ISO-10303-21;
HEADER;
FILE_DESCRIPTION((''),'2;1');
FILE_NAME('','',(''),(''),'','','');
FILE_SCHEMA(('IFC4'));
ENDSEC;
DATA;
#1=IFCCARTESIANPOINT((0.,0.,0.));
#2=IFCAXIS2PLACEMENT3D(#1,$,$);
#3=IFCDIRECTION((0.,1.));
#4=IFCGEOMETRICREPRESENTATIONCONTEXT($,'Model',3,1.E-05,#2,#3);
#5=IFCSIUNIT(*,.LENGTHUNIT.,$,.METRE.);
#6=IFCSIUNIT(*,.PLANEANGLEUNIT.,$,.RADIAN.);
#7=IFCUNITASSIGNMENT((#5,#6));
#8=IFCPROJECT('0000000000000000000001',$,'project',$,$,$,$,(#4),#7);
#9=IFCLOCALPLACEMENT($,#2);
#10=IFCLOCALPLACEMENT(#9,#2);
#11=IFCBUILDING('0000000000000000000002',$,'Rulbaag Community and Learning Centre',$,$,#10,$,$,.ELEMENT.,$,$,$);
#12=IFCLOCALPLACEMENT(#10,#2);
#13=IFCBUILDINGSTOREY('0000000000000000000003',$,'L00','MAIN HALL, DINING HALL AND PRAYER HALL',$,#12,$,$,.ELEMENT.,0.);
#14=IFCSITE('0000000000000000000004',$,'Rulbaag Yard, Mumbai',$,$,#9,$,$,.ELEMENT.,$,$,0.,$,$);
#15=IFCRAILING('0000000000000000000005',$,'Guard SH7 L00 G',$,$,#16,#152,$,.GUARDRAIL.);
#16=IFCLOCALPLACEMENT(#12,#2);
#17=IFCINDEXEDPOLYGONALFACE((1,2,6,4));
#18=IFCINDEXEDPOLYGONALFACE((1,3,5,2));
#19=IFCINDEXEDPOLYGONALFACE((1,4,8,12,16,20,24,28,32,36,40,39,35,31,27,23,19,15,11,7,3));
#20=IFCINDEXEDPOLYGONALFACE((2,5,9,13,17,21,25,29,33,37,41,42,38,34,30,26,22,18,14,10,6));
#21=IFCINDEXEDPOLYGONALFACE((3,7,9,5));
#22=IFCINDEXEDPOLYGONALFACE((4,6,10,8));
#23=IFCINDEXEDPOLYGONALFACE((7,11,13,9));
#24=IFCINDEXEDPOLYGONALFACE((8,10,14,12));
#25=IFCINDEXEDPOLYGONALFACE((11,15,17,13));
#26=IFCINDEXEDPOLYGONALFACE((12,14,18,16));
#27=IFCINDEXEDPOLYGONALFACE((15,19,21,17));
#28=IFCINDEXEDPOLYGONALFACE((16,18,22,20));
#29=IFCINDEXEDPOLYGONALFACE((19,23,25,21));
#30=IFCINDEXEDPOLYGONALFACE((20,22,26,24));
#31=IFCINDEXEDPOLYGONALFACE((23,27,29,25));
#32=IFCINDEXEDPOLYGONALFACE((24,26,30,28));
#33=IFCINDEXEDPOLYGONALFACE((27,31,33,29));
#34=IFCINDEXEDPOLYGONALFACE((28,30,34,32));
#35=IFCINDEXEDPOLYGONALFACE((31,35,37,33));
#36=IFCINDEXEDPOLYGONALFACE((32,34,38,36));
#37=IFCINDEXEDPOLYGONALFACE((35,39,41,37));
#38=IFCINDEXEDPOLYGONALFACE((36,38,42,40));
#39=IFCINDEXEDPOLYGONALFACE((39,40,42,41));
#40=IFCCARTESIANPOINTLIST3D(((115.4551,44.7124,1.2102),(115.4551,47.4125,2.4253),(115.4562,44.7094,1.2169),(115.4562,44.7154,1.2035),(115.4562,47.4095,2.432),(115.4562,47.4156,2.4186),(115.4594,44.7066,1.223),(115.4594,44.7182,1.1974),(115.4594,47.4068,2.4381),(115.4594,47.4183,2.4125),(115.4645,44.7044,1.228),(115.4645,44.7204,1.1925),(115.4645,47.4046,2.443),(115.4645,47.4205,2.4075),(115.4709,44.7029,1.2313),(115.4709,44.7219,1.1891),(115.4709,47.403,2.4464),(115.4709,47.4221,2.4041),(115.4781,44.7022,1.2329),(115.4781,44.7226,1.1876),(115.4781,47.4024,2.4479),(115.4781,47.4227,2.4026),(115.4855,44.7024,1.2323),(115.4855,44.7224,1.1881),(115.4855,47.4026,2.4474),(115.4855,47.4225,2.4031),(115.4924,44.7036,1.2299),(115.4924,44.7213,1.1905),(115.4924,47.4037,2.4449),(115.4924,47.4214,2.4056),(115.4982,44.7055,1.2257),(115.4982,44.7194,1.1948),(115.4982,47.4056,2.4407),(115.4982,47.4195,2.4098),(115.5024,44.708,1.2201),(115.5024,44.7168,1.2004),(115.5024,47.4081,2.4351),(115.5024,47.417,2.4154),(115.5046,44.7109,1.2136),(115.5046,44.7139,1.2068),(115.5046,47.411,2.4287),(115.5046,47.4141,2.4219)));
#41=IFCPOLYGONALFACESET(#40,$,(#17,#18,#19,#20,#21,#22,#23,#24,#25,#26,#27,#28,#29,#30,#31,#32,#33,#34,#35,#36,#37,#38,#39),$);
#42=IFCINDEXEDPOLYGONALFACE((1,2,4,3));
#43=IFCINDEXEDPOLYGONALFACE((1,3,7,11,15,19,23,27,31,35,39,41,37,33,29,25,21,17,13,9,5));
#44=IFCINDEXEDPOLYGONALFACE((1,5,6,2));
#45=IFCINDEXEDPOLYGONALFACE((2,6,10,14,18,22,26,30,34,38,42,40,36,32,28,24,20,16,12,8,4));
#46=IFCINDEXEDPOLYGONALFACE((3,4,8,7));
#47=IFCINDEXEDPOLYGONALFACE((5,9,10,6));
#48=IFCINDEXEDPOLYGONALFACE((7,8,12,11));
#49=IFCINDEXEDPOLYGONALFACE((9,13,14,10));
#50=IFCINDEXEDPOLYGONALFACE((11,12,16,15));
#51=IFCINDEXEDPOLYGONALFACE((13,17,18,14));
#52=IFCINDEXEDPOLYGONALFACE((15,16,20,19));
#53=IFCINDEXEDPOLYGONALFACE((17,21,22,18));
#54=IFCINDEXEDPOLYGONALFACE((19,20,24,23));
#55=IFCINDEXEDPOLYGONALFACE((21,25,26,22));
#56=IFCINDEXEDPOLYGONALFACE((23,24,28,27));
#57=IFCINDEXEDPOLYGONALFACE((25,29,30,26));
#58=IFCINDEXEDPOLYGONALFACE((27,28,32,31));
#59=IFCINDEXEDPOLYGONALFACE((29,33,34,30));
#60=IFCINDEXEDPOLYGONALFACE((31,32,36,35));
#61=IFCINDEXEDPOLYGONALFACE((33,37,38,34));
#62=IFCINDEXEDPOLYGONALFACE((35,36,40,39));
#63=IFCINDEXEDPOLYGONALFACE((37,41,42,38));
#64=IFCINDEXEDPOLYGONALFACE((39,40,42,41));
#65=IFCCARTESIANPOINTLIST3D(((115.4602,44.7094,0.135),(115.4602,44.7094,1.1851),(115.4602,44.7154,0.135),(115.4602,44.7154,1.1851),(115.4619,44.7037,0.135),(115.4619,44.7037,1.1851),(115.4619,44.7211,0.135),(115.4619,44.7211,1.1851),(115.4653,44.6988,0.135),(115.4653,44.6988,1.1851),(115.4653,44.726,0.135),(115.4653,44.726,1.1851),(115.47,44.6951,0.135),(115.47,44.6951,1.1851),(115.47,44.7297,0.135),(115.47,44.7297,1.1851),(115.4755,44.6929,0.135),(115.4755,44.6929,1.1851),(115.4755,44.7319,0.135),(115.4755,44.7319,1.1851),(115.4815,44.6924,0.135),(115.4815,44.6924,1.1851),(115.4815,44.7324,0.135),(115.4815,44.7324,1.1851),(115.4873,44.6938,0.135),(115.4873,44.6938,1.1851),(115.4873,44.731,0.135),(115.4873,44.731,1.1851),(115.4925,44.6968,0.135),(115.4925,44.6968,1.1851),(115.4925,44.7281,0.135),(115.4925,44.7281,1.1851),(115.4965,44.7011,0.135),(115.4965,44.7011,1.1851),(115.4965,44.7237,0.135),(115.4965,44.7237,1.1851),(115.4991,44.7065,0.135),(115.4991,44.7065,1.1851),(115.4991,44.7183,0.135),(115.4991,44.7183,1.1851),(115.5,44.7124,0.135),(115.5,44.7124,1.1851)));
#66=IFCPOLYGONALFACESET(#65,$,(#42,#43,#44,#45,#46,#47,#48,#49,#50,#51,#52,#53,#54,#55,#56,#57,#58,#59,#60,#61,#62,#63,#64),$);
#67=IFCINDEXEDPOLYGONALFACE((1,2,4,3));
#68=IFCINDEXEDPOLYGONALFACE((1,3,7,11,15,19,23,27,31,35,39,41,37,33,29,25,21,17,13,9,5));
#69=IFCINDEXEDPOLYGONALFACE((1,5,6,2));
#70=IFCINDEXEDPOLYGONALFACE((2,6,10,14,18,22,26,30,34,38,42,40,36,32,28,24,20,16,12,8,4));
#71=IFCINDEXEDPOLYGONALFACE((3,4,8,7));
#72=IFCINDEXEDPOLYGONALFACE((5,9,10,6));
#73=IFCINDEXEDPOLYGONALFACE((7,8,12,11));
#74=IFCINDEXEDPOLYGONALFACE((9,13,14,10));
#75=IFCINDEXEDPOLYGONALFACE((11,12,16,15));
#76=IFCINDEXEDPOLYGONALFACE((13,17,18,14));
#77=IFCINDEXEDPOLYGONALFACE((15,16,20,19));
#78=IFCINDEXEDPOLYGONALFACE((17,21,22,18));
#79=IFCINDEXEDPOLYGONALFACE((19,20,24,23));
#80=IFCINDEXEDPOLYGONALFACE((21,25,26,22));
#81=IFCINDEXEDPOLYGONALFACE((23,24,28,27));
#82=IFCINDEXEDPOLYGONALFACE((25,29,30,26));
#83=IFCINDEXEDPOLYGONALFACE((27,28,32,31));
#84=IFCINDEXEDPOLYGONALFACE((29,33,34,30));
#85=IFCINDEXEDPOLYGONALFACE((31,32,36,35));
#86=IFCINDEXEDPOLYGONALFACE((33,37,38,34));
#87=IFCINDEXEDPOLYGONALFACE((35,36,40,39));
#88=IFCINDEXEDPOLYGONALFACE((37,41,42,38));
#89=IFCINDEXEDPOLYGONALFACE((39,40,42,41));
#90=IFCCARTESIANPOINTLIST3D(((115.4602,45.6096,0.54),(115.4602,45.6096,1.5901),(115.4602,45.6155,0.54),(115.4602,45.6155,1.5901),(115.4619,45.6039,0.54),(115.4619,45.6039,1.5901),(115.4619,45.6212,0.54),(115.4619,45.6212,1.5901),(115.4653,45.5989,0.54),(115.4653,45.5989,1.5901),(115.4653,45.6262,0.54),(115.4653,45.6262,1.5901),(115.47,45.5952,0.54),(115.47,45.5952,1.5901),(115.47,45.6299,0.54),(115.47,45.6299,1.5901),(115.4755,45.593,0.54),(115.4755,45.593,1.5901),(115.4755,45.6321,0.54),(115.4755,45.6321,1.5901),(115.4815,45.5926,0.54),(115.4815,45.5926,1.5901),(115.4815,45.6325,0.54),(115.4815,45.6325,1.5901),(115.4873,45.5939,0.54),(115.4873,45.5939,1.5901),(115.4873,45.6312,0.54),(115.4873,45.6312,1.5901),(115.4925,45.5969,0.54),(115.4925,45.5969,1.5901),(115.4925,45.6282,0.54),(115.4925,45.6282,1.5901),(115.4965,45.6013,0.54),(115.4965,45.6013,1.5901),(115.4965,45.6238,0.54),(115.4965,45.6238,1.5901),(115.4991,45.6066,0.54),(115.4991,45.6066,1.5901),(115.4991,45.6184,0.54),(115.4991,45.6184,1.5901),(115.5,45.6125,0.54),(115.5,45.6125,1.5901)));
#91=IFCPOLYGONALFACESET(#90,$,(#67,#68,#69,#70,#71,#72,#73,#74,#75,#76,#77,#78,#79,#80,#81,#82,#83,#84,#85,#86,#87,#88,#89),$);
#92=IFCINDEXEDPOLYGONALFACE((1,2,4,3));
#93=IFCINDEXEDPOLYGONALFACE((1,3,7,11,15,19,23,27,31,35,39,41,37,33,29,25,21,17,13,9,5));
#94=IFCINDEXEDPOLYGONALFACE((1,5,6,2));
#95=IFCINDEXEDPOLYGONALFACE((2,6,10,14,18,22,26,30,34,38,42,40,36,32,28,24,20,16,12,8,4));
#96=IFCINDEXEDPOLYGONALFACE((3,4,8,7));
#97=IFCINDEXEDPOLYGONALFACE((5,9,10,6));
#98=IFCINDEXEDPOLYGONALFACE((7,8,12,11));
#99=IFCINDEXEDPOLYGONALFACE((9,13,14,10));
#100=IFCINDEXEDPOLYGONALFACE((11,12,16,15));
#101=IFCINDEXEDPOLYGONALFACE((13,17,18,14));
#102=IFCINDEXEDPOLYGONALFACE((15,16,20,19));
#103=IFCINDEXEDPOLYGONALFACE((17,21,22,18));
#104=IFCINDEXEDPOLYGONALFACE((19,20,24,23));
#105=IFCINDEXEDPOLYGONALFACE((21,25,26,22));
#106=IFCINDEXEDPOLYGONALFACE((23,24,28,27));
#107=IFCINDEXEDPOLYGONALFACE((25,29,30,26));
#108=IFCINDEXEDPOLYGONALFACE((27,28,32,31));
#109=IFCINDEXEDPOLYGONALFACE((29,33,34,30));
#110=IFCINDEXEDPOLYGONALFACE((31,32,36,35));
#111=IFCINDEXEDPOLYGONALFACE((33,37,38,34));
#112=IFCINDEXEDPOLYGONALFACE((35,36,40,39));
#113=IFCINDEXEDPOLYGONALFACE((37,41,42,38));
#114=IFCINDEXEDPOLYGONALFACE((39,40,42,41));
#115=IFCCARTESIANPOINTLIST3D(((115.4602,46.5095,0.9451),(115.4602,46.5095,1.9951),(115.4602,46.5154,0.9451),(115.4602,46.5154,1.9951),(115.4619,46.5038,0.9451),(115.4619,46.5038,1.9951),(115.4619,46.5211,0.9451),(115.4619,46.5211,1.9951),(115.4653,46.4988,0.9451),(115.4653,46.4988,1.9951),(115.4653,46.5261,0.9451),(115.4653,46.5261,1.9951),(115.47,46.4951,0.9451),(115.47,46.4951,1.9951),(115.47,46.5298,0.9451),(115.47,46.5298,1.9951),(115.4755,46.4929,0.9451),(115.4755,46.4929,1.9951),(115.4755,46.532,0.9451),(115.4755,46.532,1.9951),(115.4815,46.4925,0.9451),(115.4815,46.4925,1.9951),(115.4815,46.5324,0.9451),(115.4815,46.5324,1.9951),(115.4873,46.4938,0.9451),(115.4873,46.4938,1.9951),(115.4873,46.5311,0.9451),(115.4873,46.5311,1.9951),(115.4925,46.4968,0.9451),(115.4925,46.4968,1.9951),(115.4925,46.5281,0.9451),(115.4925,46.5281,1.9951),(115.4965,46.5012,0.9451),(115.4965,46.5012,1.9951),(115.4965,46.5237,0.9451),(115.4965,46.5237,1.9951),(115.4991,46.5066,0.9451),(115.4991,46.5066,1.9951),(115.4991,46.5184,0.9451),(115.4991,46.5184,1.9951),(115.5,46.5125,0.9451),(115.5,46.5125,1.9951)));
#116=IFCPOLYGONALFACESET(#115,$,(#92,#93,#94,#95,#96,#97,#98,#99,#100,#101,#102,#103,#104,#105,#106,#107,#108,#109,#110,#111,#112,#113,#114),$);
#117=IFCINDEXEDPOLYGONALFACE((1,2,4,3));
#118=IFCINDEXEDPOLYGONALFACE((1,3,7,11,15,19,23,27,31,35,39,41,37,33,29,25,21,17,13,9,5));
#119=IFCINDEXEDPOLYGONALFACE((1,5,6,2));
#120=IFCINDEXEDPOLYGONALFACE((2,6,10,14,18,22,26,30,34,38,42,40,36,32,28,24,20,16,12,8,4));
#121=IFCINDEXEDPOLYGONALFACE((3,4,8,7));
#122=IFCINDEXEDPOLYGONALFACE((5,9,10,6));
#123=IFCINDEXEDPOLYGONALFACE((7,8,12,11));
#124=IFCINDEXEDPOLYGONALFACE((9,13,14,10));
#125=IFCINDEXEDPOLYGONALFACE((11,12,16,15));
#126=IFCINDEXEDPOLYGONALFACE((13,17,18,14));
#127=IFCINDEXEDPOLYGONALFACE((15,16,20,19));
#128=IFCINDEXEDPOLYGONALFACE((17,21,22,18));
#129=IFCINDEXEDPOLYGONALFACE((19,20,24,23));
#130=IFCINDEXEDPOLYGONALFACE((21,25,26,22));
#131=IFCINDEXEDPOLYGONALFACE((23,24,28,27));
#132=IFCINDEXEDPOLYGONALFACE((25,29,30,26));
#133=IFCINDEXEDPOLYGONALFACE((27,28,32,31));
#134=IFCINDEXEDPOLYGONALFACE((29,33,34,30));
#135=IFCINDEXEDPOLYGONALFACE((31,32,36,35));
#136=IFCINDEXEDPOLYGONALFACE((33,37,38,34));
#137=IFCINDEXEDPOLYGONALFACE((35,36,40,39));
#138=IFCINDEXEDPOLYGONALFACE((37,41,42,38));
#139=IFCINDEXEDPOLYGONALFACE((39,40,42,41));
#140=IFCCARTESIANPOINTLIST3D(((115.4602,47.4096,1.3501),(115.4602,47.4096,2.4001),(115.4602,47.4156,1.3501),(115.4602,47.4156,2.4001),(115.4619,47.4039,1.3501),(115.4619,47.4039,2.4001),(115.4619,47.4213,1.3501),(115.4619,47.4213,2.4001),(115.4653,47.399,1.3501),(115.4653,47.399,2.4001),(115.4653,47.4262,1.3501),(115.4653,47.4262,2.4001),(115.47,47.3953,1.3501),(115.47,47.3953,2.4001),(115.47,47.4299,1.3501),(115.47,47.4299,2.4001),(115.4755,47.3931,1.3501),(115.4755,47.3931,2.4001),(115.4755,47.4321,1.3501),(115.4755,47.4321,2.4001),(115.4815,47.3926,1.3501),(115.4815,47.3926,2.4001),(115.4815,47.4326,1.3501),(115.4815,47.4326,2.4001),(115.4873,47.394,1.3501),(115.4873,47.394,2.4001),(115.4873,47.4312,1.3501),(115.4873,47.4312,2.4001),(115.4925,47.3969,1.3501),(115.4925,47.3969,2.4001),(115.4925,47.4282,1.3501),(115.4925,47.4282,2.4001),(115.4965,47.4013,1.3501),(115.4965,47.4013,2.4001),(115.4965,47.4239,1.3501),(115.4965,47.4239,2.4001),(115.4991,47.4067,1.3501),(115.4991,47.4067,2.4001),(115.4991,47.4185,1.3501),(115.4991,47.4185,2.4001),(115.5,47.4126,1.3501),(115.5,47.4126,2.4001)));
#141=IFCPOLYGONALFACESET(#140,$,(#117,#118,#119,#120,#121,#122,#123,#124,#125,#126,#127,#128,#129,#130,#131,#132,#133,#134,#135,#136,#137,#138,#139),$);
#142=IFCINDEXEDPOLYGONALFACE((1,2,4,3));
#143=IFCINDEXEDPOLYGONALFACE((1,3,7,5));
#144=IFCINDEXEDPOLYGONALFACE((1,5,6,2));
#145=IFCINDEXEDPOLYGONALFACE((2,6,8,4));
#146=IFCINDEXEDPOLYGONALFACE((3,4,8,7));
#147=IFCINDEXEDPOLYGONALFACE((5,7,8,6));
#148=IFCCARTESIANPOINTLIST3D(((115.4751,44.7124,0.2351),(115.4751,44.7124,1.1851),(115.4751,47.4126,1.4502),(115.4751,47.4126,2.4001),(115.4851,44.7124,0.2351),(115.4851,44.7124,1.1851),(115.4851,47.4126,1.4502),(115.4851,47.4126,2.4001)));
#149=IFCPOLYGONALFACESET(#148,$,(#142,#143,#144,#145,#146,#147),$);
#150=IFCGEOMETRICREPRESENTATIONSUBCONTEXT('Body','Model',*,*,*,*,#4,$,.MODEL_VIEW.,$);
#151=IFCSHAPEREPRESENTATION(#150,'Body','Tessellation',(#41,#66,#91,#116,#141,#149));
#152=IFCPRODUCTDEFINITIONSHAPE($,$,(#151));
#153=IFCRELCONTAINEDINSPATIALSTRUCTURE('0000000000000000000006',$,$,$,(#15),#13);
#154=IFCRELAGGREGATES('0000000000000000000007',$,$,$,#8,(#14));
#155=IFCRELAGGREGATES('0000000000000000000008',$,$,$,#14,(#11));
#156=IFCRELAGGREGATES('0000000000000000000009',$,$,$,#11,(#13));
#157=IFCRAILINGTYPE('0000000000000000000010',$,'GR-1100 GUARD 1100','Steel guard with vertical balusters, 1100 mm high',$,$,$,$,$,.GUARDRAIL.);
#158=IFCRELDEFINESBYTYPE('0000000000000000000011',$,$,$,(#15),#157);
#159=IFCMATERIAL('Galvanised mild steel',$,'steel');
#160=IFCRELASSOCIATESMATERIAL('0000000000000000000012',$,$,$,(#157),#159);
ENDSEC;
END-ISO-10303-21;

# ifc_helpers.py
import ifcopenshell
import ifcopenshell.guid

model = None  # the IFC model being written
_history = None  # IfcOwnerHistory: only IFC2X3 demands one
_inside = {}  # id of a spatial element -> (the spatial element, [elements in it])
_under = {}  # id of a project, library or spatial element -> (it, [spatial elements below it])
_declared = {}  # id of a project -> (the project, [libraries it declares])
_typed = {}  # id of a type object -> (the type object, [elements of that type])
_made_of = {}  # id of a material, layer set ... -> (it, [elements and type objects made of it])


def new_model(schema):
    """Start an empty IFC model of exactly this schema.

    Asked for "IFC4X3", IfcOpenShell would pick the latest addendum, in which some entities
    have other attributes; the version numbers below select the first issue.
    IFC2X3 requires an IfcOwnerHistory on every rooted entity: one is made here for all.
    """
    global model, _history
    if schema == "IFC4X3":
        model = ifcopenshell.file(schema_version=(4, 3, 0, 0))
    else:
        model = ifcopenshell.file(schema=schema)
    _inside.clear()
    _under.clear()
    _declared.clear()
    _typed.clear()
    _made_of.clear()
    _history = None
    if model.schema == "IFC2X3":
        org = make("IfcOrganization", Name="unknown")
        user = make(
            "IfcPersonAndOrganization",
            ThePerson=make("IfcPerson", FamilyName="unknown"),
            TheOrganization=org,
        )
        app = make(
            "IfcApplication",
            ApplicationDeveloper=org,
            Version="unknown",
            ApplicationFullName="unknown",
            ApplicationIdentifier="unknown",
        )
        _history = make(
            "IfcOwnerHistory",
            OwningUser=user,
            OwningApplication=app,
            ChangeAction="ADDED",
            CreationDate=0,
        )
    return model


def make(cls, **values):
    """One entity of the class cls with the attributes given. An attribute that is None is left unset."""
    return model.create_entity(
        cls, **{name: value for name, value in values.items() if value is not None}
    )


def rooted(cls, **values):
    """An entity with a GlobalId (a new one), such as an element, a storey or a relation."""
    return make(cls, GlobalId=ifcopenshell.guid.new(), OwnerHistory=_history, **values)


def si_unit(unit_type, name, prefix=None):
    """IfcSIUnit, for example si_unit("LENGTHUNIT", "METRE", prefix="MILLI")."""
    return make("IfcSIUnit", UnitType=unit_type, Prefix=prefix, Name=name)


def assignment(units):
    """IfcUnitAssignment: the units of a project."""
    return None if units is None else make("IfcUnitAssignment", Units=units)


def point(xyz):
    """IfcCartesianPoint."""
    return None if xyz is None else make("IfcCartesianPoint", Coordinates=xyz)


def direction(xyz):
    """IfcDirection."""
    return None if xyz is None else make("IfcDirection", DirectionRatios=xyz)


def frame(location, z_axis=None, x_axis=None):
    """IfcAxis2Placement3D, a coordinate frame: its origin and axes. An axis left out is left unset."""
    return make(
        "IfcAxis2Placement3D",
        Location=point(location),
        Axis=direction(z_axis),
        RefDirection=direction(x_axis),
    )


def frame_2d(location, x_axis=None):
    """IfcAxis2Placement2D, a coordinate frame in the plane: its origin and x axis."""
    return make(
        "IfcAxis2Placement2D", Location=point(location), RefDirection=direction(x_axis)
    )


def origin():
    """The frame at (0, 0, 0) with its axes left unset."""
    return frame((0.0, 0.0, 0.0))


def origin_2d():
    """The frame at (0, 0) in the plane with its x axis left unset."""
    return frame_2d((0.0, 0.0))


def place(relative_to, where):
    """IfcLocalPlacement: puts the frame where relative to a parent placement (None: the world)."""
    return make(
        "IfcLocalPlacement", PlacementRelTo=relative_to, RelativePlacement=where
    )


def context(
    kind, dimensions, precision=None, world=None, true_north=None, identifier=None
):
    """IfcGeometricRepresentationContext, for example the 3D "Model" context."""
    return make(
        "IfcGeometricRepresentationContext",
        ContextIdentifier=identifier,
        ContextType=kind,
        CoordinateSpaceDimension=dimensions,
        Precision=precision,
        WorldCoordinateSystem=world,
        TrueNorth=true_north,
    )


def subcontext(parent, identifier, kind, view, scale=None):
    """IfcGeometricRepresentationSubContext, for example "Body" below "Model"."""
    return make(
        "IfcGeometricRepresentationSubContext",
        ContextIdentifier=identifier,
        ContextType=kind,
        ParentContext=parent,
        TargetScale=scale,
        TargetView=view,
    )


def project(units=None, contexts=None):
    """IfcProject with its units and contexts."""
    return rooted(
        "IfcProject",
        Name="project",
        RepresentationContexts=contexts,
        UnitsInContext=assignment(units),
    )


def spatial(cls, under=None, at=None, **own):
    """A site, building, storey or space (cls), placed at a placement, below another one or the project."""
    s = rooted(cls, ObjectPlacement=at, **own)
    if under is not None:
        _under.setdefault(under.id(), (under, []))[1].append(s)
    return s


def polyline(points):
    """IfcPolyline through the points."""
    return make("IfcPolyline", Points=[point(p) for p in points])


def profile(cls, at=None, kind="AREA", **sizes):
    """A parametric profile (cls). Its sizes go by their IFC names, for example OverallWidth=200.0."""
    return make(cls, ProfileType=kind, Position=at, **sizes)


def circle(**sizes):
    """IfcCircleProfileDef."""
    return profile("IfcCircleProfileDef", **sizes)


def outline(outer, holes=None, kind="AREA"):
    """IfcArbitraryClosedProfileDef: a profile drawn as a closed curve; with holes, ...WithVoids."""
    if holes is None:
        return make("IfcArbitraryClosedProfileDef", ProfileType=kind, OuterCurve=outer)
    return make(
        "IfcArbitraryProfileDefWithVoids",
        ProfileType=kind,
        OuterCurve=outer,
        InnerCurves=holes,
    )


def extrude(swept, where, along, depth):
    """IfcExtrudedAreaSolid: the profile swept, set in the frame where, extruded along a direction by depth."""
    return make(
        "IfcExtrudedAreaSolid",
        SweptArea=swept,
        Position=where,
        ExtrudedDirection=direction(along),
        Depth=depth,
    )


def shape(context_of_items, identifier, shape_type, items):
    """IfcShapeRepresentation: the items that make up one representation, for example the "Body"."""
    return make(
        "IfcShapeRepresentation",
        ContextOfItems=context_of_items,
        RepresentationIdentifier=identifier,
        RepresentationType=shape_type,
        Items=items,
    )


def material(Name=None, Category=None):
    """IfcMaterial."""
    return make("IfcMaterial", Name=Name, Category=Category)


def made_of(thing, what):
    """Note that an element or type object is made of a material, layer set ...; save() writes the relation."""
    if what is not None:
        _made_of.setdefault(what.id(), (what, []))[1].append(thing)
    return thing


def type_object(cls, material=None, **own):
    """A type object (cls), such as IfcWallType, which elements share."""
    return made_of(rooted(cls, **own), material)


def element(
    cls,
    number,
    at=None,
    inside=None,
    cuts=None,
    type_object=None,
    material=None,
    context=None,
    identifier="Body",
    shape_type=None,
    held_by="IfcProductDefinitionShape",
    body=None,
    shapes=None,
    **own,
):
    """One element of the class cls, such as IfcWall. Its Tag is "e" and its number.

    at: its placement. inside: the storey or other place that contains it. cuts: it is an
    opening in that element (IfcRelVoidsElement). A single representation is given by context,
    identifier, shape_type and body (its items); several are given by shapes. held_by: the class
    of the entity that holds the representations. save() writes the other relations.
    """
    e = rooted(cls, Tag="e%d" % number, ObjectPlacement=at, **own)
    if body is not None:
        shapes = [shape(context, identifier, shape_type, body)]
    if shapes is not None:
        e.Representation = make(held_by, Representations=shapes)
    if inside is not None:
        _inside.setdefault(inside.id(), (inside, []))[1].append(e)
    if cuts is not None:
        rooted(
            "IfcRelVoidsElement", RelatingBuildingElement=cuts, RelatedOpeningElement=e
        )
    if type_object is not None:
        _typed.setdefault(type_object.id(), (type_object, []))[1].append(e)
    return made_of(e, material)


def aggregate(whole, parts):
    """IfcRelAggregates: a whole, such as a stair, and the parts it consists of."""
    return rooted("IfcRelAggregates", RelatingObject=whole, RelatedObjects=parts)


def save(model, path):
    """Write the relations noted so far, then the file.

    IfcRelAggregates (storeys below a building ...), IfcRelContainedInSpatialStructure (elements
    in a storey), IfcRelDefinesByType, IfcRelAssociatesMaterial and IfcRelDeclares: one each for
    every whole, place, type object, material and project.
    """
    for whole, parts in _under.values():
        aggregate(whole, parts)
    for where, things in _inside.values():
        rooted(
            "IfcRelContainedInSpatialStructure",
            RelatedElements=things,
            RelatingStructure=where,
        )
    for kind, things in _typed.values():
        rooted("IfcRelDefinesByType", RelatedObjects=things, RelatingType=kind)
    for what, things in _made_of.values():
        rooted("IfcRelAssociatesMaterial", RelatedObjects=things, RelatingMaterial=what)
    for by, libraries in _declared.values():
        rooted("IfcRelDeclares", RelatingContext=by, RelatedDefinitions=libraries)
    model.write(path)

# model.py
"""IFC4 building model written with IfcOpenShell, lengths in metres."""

from ifc_helpers import new_model, si_unit, direction, frame, origin, origin_2d, place, context, subcontext, project, spatial, polyline, circle, outline, extrude, material, type_object, element, save


model = new_model("IFC4")

# Units and contexts
model_context = context("Model", 3, precision=1e-05, world=origin(), true_north=direction((0.0, 1.0)))
body_context = subcontext(model_context, "Body", "Model", "MODEL_VIEW")
ifc_project = project(units=[si_unit("LENGTHUNIT", "METRE"), si_unit("PLANEANGLEUNIT", "RADIAN")], contexts=[model_context])

# Site, building, storey
site_placement = place(None, origin())
site = spatial("IfcSite", under=ifc_project, at=site_placement, Name="Rulbaag Yard, Mumbai", CompositionType="ELEMENT", RefElevation=0.0)
building_placement = place(site_placement, origin())
building = spatial("IfcBuilding", under=site, at=building_placement, Name="Rulbaag Community and Learning Centre", CompositionType="ELEMENT")
storey_placement = place(building_placement, origin())
storey = spatial("IfcBuildingStorey", under=building, at=storey_placement, Name="L00", Description="MAIN HALL, DINING HALL AND PRAYER HALL", CompositionType="ELEMENT", Elevation=0.0)

# Railing
ifc_material_1 = material(Name="Galvanised mild steel", Category="steel")
railing_type = type_object("IfcRailingType", Name="GR-1100 GUARD 1100", Description="Steel guard with vertical balusters, 1100 mm high", PredefinedType="GUARDRAIL", material=ifc_material_1)
railing_placement = place(storey_placement, frame((115.48, 44.7124, 0.135)))
element("IfcRailing", 1, at=railing_placement, inside=storey, type_object=railing_type, Name="Guard SH7 L00 G", PredefinedType="GUARDRAIL", context=body_context, shape_type="SweptSolid", body=[
    extrude(circle(Radius=0.0249, at=origin_2d()), frame((0.0, 0.0, 1.0752), z_axis=(0.0, 0.911922, 0.410365), x_axis=(-1.0, 0.0, 0.0)), (0.0, 0.0, 1.0), 2.9609),
    extrude(circle(Radius=0.02, at=origin_2d()), origin(), (0.0, 0.0, 1.0), 1.05),
    extrude(circle(Radius=0.02, at=origin_2d()), frame((0.0, 0.9001, 0.405)), (0.0, 0.0, 1.0), 1.05),
    extrude(circle(Radius=0.02, at=origin_2d()), frame((0.0, 1.8, 0.8101)), (0.0, 0.0, 1.0), 1.05),
    extrude(circle(Radius=0.02, at=origin_2d()), frame((0.0, 2.7002, 1.2151)), (0.0, 0.0, 1.0), 1.05),
    extrude(outline(polyline([(0.0, 0.0), (2.7002, 1.2151), (2.7002, 2.165), (0.0, 0.95), (0.0, 0.0)])), frame((-0.0049, 0.0, 0.1001), z_axis=(1.0, 0.0, 0.0), x_axis=(0.0, 1.0, 0.0)), (0.0, 0.0, 1.0), 0.01),
])

save(model, "model.ifc")
